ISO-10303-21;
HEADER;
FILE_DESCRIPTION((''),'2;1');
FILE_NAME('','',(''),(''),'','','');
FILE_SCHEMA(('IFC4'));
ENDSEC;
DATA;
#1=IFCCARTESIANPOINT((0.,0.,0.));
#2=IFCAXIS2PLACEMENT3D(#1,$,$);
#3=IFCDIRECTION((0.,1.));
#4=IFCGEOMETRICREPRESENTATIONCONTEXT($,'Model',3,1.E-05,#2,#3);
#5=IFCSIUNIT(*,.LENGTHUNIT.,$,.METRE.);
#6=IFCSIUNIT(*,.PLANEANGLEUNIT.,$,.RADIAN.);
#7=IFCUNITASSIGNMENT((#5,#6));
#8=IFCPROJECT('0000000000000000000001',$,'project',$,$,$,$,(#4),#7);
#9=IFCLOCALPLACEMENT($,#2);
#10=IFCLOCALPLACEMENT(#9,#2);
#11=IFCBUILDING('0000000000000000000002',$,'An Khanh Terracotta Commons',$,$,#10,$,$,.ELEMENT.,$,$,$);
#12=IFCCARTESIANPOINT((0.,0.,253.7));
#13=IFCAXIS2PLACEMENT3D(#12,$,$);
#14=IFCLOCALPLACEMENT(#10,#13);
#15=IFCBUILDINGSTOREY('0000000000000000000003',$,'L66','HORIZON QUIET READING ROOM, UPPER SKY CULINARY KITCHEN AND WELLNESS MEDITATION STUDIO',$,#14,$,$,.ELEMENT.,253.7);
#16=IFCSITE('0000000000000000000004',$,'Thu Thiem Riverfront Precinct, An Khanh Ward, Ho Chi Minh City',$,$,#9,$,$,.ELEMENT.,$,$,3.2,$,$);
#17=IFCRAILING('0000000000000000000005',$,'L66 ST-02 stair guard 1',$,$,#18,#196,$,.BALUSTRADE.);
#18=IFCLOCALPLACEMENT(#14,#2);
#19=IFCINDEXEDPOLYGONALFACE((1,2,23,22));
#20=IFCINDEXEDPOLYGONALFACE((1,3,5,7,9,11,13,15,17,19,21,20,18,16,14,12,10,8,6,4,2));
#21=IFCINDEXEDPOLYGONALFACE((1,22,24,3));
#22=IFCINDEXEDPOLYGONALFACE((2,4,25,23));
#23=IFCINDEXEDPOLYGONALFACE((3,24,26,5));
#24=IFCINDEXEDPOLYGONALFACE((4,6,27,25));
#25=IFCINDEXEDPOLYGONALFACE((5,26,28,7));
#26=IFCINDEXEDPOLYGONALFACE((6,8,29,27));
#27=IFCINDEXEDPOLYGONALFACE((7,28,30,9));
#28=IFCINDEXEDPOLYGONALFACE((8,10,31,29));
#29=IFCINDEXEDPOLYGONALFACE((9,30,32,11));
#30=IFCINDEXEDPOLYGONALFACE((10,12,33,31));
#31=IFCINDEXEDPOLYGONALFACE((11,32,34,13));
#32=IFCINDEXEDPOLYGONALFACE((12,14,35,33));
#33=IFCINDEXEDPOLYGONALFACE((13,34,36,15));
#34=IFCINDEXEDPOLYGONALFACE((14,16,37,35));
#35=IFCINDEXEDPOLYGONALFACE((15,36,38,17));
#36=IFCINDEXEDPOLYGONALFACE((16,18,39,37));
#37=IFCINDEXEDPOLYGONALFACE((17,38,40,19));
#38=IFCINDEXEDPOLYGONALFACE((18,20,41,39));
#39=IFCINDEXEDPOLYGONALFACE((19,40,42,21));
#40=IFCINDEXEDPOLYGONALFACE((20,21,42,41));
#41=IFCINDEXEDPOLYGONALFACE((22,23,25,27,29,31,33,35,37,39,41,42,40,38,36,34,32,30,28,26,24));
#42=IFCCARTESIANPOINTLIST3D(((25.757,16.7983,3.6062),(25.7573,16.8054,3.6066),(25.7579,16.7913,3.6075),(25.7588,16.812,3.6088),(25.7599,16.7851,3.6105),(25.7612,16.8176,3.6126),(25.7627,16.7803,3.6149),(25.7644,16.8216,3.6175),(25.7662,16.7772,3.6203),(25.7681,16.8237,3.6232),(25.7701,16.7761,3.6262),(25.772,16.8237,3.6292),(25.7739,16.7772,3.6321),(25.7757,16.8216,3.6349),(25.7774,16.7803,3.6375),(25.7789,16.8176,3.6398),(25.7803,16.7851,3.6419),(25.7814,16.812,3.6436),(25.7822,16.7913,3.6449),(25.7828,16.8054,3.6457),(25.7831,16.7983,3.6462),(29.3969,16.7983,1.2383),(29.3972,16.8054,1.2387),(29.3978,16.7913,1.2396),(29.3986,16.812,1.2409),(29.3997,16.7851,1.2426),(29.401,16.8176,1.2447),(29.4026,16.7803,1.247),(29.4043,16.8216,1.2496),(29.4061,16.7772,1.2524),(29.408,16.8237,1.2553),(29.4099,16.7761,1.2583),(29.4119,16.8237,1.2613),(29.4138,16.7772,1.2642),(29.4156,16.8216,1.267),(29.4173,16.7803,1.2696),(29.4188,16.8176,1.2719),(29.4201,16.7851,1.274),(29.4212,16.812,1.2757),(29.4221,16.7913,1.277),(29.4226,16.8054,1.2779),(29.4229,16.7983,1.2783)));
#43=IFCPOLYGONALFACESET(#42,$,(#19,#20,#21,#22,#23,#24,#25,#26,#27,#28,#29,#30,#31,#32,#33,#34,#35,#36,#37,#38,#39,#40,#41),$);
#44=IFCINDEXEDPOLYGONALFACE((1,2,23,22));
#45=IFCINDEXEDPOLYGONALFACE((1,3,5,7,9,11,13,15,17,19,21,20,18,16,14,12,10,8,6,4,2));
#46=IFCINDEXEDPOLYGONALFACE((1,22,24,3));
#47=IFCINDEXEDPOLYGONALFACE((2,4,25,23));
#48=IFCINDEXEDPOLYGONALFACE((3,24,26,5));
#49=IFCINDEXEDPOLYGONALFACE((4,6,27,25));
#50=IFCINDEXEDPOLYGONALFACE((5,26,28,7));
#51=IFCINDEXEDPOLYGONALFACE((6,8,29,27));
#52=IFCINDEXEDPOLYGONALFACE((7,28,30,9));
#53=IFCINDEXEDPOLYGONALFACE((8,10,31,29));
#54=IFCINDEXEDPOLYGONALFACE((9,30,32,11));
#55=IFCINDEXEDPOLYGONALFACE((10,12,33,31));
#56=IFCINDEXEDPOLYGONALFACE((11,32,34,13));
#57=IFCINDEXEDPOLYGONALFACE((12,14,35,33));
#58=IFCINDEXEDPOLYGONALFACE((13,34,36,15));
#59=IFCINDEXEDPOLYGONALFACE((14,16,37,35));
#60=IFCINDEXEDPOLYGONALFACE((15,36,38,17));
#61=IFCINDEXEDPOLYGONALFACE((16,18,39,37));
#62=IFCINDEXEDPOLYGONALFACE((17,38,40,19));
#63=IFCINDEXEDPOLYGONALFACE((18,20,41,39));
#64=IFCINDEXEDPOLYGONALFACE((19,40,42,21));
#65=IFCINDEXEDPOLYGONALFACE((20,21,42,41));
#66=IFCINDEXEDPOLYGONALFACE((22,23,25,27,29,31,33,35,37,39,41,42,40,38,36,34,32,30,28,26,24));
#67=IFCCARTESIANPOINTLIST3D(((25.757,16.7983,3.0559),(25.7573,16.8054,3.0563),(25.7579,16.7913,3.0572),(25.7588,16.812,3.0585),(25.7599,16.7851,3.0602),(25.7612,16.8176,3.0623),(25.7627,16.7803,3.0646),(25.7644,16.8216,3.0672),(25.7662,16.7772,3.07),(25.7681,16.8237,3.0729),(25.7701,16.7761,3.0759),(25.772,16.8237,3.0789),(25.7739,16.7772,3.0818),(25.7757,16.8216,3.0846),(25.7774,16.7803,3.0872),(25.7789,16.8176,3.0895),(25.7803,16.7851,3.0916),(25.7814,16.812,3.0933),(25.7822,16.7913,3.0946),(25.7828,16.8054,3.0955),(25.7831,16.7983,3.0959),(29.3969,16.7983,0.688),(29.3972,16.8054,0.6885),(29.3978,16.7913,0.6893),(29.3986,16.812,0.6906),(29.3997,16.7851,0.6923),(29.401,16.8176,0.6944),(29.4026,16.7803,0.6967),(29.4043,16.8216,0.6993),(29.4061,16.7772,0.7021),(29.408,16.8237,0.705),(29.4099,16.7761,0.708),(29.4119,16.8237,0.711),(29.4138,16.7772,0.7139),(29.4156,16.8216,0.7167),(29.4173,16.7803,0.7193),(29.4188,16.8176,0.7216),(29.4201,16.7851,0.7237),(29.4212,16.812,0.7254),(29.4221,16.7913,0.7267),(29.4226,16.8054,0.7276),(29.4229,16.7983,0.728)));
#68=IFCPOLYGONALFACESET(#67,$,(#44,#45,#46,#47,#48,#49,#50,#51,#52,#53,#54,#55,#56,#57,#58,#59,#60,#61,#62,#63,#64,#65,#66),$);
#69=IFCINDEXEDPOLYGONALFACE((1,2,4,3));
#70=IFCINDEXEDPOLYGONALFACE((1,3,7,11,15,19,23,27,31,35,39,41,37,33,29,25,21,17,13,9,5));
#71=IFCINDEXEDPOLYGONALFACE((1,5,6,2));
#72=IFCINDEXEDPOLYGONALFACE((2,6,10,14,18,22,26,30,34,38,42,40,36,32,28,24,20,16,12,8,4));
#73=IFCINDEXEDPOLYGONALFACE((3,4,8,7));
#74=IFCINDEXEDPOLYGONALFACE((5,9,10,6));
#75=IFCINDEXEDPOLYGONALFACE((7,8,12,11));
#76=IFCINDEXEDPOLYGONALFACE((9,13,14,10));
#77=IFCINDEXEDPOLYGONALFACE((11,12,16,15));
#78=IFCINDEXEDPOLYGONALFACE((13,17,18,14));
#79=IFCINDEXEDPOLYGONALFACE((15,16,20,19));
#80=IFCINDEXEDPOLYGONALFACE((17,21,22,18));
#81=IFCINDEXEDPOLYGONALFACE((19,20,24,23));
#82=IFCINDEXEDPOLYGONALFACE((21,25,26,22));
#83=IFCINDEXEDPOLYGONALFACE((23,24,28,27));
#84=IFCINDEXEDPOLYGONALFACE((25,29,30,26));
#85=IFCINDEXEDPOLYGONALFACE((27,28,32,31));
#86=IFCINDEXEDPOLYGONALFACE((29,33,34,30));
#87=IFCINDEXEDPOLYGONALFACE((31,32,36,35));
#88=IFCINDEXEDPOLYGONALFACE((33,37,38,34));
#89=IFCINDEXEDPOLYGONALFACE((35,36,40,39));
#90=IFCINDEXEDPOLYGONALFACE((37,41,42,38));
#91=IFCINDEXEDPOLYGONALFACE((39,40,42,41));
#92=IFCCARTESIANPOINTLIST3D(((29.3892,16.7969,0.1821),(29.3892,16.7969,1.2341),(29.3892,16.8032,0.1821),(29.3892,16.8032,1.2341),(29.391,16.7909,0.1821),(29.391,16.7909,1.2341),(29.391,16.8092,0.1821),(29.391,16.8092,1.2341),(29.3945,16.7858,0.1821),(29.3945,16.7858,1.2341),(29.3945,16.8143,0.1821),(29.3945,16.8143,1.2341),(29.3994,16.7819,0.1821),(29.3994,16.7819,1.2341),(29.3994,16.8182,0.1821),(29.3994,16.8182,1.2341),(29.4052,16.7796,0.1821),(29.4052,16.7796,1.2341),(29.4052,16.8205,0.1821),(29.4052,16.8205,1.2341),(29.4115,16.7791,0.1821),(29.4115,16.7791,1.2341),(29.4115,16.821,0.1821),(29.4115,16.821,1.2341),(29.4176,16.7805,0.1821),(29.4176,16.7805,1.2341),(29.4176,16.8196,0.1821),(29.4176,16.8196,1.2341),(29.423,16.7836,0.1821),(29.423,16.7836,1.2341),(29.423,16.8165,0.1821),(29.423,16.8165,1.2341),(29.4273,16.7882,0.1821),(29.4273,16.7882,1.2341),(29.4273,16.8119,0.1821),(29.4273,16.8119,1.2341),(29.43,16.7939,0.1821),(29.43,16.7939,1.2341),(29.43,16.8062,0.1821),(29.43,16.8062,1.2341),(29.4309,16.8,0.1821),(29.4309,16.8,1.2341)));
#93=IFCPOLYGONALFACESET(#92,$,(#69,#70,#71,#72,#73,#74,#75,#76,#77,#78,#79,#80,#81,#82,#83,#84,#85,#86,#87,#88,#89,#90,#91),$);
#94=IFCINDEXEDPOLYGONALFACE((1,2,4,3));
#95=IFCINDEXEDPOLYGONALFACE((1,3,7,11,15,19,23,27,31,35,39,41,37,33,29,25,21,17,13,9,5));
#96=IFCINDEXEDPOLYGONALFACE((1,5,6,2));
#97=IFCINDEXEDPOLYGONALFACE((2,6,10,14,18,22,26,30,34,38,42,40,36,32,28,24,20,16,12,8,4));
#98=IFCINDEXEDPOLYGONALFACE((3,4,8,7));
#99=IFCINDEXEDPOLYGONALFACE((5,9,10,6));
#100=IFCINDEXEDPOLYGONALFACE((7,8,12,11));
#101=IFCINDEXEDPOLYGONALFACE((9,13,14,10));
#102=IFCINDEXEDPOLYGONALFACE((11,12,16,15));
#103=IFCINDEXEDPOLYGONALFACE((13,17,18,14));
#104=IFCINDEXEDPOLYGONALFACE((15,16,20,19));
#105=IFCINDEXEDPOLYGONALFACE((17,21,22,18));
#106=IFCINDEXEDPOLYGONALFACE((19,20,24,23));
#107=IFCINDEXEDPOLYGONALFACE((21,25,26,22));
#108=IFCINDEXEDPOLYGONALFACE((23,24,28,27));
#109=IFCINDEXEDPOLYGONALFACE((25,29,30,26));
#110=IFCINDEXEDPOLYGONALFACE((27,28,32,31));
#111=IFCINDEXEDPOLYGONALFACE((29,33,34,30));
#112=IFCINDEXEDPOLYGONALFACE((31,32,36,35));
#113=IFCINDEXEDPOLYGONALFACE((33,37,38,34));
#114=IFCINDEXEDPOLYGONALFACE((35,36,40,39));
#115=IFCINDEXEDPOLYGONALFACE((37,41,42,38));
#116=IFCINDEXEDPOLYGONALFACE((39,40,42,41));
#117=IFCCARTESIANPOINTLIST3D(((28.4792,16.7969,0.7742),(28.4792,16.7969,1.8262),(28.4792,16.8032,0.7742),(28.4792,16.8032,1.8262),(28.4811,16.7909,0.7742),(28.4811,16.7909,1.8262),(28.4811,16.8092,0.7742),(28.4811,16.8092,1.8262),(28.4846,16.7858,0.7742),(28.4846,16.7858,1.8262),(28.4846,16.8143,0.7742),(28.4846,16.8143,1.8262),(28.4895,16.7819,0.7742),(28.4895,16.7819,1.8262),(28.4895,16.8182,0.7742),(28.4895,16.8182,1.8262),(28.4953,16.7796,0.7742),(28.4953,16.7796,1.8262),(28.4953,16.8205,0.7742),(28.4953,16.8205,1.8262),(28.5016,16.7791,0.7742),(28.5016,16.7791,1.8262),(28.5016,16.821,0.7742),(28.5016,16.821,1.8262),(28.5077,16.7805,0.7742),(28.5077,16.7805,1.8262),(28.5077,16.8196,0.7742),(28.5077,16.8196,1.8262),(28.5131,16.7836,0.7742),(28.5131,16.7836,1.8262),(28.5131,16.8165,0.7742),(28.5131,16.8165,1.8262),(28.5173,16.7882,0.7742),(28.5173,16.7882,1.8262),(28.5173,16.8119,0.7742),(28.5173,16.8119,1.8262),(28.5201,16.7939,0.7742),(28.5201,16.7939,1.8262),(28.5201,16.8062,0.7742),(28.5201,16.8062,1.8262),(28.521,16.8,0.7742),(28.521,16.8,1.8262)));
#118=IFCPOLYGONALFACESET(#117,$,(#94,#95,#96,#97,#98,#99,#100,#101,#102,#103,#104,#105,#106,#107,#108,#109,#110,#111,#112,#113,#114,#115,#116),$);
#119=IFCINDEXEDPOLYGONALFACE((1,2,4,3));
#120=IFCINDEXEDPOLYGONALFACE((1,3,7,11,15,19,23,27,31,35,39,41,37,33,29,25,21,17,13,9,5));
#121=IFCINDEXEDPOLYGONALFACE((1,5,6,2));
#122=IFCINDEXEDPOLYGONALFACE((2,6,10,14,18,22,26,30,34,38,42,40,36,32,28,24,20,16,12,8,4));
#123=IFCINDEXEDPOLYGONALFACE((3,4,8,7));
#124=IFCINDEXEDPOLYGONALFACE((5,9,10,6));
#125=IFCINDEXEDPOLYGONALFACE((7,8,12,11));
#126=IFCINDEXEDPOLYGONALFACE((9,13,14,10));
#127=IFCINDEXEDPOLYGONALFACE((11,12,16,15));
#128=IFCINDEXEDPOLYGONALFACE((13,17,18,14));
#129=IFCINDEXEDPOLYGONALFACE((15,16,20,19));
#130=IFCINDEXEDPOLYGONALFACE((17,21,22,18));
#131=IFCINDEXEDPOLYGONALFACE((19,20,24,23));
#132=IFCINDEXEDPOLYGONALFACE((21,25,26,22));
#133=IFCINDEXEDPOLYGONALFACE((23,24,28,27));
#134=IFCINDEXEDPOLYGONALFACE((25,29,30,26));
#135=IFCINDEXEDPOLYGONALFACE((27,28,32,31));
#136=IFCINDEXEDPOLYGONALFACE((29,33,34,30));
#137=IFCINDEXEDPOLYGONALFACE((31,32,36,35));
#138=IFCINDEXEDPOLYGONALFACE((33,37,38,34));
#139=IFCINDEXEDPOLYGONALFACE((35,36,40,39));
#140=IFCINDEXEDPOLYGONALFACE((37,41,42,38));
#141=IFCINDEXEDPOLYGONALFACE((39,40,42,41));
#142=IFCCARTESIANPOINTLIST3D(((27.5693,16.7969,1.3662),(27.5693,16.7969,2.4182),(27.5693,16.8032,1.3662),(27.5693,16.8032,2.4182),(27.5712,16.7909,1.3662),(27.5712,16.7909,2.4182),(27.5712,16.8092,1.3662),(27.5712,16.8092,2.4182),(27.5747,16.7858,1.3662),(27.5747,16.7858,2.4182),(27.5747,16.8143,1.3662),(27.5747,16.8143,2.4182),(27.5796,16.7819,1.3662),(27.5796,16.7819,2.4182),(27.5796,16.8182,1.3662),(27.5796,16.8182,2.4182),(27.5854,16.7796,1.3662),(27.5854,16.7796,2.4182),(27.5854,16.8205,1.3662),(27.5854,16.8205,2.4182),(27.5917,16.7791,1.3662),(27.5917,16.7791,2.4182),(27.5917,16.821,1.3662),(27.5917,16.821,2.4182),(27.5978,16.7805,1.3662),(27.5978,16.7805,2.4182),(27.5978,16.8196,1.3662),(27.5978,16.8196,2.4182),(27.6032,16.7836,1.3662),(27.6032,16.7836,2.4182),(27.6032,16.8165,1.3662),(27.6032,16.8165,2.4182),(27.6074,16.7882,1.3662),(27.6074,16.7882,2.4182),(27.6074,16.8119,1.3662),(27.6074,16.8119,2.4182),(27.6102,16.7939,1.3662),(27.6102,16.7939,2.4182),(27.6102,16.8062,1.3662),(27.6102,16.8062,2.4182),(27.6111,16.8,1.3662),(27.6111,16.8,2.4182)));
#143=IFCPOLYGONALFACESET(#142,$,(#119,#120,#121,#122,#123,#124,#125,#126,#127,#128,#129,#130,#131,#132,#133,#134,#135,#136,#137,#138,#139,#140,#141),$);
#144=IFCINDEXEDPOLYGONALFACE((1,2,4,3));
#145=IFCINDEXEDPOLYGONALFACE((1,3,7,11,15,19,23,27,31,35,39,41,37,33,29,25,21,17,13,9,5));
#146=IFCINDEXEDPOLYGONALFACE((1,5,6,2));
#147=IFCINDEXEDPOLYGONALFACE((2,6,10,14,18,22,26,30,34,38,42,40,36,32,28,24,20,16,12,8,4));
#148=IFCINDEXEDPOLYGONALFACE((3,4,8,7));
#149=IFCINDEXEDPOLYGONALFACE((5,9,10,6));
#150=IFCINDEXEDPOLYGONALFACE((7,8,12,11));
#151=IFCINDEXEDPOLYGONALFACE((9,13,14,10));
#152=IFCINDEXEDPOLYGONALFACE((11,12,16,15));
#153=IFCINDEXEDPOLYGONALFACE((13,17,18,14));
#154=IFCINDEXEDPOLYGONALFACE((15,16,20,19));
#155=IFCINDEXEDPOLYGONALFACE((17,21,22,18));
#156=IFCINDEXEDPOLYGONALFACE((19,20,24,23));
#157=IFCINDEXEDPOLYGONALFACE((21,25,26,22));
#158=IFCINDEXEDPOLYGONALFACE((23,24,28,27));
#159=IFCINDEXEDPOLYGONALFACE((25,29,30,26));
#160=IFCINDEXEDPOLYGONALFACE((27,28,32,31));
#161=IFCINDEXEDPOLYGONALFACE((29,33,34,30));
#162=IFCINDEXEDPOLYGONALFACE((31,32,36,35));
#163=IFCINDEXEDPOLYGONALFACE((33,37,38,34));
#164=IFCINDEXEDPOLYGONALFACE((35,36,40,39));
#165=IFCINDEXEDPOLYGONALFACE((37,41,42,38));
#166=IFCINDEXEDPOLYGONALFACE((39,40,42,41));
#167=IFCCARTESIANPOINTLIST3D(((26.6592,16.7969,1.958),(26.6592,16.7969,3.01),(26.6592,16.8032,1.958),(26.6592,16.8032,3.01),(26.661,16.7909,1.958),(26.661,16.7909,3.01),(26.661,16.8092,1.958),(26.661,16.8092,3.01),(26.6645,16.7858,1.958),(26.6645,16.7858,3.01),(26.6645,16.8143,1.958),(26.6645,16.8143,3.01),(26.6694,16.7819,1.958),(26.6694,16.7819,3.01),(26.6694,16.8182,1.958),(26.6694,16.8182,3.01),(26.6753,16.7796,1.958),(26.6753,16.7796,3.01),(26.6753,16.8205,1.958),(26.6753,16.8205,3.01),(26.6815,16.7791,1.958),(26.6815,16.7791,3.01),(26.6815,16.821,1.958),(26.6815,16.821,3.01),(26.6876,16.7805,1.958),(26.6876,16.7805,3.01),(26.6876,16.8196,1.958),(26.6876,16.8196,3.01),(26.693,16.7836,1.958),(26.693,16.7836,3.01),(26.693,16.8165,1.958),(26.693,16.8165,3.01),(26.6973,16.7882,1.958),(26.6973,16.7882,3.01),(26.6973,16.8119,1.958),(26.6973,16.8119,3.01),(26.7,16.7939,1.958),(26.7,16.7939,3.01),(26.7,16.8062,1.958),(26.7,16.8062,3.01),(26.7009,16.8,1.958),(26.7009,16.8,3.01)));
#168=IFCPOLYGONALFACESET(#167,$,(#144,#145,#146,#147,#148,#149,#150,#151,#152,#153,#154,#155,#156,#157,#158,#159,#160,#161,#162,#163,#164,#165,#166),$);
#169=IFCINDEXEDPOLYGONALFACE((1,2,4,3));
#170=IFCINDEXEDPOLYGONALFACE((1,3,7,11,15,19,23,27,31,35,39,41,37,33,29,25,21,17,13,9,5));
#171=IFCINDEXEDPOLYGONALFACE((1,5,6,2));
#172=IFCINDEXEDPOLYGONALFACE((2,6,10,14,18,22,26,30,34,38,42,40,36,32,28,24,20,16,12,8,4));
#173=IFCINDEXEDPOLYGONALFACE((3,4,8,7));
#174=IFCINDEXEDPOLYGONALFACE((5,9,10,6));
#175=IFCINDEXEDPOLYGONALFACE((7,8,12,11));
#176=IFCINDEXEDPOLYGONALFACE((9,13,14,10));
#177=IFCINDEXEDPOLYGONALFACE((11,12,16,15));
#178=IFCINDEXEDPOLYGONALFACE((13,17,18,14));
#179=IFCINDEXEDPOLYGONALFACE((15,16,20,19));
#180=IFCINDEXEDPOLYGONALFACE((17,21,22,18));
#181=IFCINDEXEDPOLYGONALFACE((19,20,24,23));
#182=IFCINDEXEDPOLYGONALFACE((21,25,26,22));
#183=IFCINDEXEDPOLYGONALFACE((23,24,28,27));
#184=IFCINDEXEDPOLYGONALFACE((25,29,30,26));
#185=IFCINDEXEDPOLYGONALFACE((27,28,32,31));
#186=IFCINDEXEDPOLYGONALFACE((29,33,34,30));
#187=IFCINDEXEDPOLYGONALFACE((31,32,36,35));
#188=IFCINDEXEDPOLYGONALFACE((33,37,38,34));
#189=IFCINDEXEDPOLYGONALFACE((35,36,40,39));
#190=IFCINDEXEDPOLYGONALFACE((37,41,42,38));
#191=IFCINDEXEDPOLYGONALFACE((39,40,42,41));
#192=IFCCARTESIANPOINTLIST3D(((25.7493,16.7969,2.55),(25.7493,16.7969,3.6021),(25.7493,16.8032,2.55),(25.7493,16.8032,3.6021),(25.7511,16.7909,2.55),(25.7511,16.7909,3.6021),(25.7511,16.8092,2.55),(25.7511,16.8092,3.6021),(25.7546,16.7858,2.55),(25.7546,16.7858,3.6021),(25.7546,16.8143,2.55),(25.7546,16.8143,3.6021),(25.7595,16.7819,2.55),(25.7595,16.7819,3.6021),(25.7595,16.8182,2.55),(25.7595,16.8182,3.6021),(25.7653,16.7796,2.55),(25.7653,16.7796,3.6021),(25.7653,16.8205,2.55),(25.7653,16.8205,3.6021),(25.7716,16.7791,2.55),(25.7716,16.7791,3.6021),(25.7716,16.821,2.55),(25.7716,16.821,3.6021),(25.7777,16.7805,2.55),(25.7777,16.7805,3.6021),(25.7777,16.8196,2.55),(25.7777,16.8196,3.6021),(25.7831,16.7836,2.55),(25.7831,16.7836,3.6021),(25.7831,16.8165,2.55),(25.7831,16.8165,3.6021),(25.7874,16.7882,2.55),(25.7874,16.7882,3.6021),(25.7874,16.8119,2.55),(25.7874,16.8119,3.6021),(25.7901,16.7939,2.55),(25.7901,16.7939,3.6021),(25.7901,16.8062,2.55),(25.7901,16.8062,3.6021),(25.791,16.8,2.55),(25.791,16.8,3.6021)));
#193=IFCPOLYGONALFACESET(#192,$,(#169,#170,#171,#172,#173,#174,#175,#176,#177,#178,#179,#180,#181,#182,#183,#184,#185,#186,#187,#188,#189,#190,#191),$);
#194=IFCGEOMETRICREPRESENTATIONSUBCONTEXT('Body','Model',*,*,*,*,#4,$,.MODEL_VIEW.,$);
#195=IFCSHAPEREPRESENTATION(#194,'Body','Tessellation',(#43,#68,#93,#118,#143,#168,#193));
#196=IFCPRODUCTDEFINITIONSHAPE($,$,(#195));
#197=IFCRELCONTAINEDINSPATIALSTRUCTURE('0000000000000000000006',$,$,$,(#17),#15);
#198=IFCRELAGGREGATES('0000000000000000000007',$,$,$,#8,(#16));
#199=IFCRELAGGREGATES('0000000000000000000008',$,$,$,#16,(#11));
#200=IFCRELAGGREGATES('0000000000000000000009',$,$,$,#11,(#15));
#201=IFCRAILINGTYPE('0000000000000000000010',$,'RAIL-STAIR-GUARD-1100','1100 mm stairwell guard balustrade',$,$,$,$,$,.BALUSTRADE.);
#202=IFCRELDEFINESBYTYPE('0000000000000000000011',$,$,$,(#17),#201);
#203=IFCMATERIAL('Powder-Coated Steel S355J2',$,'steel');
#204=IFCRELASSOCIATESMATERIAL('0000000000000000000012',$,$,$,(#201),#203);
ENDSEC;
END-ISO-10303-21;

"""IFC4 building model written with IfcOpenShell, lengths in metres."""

from ifc_helpers import new_model, si_unit, direction, frame, origin, origin_2d, place, context, subcontext, project, spatial, circle, extrude, material, type_object, element, save


model = new_model("IFC4")

# Units and contexts
model_context = context("Model", 3, precision=1e-05, world=origin(), true_north=direction((0.0, 1.0)))
body_context = subcontext(model_context, "Body", "Model", "MODEL_VIEW")
ifc_project = project(units=[si_unit("LENGTHUNIT", "METRE"), si_unit("PLANEANGLEUNIT", "RADIAN")], contexts=[model_context])

# Site, building, storey
site_placement = place(None, origin())
site = spatial("IfcSite", under=ifc_project, at=site_placement, Name="Thu Thiem Riverfront Precinct, An Khanh Ward, Ho Chi Minh City", CompositionType="ELEMENT", RefElevation=3.2)
building_placement = place(site_placement, origin())
building = spatial("IfcBuilding", under=site, at=building_placement, Name="An Khanh Terracotta Commons", CompositionType="ELEMENT")
storey_placement = place(building_placement, frame((0.0, 0.0, 253.7)))
storey = spatial("IfcBuildingStorey", under=building, at=storey_placement, Name="L66", Description="HORIZON QUIET READING ROOM, UPPER SKY CULINARY KITCHEN AND WELLNESS MEDITATION STUDIO", CompositionType="ELEMENT", Elevation=253.7)

# Railing
ifc_material_1 = material(Name="Powder-Coated Steel S355J2", Category="steel")
railing_type_1 = type_object("IfcRailingType", Name="RAIL-STAIR-GUARD-1100", Description="1100 mm stairwell guard balustrade", PredefinedType="BALUSTRADE", material=ifc_material_1)
railing_1_placement = place(storey_placement, frame((29.4099, 16.8, 0.1821)))
element("IfcRailing", 1, at=railing_1_placement, inside=storey, type_object=railing_type_1, Name="L66 ST-02 stair guard 1", PredefinedType="BALUSTRADE", context=body_context, shape_type="SweptSolid", body=[
    extrude(circle(Radius=0.0239, at=origin_2d()), frame((0.0, 0.0, 1.0762), z_axis=(-0.838234, 0.0, 0.54531), x_axis=(0.0, -1.0, 0.0)), (0.0, 0.0, 1.0), 4.3423),
    extrude(circle(Radius=0.0239, at=origin_2d()), frame((0.0, 0.0, 0.5259), z_axis=(-0.838234, 0.0, 0.54531), x_axis=(0.0, -1.0, 0.0)), (0.0, 0.0, 1.0), 4.3423),
    extrude(circle(Radius=0.021, at=origin_2d()), origin(), (0.0, 0.0, 1.0), 1.052),
    extrude(circle(Radius=0.021, at=origin_2d()), frame((-0.9099, 0.0, 0.592)), (0.0, 0.0, 1.0), 1.052),
    extrude(circle(Radius=0.021, at=origin_2d()), frame((-1.8198, 0.0, 1.1841)), (0.0, 0.0, 1.0), 1.052),
    extrude(circle(Radius=0.021, at=origin_2d()), frame((-2.73, 0.0, 1.7759)), (0.0, 0.0, 1.0), 1.052),
    extrude(circle(Radius=0.021, at=origin_2d()), frame((-3.6399, 0.0, 2.3679)), (0.0, 0.0, 1.0), 1.052),
])

save(model, "model.ifc")
